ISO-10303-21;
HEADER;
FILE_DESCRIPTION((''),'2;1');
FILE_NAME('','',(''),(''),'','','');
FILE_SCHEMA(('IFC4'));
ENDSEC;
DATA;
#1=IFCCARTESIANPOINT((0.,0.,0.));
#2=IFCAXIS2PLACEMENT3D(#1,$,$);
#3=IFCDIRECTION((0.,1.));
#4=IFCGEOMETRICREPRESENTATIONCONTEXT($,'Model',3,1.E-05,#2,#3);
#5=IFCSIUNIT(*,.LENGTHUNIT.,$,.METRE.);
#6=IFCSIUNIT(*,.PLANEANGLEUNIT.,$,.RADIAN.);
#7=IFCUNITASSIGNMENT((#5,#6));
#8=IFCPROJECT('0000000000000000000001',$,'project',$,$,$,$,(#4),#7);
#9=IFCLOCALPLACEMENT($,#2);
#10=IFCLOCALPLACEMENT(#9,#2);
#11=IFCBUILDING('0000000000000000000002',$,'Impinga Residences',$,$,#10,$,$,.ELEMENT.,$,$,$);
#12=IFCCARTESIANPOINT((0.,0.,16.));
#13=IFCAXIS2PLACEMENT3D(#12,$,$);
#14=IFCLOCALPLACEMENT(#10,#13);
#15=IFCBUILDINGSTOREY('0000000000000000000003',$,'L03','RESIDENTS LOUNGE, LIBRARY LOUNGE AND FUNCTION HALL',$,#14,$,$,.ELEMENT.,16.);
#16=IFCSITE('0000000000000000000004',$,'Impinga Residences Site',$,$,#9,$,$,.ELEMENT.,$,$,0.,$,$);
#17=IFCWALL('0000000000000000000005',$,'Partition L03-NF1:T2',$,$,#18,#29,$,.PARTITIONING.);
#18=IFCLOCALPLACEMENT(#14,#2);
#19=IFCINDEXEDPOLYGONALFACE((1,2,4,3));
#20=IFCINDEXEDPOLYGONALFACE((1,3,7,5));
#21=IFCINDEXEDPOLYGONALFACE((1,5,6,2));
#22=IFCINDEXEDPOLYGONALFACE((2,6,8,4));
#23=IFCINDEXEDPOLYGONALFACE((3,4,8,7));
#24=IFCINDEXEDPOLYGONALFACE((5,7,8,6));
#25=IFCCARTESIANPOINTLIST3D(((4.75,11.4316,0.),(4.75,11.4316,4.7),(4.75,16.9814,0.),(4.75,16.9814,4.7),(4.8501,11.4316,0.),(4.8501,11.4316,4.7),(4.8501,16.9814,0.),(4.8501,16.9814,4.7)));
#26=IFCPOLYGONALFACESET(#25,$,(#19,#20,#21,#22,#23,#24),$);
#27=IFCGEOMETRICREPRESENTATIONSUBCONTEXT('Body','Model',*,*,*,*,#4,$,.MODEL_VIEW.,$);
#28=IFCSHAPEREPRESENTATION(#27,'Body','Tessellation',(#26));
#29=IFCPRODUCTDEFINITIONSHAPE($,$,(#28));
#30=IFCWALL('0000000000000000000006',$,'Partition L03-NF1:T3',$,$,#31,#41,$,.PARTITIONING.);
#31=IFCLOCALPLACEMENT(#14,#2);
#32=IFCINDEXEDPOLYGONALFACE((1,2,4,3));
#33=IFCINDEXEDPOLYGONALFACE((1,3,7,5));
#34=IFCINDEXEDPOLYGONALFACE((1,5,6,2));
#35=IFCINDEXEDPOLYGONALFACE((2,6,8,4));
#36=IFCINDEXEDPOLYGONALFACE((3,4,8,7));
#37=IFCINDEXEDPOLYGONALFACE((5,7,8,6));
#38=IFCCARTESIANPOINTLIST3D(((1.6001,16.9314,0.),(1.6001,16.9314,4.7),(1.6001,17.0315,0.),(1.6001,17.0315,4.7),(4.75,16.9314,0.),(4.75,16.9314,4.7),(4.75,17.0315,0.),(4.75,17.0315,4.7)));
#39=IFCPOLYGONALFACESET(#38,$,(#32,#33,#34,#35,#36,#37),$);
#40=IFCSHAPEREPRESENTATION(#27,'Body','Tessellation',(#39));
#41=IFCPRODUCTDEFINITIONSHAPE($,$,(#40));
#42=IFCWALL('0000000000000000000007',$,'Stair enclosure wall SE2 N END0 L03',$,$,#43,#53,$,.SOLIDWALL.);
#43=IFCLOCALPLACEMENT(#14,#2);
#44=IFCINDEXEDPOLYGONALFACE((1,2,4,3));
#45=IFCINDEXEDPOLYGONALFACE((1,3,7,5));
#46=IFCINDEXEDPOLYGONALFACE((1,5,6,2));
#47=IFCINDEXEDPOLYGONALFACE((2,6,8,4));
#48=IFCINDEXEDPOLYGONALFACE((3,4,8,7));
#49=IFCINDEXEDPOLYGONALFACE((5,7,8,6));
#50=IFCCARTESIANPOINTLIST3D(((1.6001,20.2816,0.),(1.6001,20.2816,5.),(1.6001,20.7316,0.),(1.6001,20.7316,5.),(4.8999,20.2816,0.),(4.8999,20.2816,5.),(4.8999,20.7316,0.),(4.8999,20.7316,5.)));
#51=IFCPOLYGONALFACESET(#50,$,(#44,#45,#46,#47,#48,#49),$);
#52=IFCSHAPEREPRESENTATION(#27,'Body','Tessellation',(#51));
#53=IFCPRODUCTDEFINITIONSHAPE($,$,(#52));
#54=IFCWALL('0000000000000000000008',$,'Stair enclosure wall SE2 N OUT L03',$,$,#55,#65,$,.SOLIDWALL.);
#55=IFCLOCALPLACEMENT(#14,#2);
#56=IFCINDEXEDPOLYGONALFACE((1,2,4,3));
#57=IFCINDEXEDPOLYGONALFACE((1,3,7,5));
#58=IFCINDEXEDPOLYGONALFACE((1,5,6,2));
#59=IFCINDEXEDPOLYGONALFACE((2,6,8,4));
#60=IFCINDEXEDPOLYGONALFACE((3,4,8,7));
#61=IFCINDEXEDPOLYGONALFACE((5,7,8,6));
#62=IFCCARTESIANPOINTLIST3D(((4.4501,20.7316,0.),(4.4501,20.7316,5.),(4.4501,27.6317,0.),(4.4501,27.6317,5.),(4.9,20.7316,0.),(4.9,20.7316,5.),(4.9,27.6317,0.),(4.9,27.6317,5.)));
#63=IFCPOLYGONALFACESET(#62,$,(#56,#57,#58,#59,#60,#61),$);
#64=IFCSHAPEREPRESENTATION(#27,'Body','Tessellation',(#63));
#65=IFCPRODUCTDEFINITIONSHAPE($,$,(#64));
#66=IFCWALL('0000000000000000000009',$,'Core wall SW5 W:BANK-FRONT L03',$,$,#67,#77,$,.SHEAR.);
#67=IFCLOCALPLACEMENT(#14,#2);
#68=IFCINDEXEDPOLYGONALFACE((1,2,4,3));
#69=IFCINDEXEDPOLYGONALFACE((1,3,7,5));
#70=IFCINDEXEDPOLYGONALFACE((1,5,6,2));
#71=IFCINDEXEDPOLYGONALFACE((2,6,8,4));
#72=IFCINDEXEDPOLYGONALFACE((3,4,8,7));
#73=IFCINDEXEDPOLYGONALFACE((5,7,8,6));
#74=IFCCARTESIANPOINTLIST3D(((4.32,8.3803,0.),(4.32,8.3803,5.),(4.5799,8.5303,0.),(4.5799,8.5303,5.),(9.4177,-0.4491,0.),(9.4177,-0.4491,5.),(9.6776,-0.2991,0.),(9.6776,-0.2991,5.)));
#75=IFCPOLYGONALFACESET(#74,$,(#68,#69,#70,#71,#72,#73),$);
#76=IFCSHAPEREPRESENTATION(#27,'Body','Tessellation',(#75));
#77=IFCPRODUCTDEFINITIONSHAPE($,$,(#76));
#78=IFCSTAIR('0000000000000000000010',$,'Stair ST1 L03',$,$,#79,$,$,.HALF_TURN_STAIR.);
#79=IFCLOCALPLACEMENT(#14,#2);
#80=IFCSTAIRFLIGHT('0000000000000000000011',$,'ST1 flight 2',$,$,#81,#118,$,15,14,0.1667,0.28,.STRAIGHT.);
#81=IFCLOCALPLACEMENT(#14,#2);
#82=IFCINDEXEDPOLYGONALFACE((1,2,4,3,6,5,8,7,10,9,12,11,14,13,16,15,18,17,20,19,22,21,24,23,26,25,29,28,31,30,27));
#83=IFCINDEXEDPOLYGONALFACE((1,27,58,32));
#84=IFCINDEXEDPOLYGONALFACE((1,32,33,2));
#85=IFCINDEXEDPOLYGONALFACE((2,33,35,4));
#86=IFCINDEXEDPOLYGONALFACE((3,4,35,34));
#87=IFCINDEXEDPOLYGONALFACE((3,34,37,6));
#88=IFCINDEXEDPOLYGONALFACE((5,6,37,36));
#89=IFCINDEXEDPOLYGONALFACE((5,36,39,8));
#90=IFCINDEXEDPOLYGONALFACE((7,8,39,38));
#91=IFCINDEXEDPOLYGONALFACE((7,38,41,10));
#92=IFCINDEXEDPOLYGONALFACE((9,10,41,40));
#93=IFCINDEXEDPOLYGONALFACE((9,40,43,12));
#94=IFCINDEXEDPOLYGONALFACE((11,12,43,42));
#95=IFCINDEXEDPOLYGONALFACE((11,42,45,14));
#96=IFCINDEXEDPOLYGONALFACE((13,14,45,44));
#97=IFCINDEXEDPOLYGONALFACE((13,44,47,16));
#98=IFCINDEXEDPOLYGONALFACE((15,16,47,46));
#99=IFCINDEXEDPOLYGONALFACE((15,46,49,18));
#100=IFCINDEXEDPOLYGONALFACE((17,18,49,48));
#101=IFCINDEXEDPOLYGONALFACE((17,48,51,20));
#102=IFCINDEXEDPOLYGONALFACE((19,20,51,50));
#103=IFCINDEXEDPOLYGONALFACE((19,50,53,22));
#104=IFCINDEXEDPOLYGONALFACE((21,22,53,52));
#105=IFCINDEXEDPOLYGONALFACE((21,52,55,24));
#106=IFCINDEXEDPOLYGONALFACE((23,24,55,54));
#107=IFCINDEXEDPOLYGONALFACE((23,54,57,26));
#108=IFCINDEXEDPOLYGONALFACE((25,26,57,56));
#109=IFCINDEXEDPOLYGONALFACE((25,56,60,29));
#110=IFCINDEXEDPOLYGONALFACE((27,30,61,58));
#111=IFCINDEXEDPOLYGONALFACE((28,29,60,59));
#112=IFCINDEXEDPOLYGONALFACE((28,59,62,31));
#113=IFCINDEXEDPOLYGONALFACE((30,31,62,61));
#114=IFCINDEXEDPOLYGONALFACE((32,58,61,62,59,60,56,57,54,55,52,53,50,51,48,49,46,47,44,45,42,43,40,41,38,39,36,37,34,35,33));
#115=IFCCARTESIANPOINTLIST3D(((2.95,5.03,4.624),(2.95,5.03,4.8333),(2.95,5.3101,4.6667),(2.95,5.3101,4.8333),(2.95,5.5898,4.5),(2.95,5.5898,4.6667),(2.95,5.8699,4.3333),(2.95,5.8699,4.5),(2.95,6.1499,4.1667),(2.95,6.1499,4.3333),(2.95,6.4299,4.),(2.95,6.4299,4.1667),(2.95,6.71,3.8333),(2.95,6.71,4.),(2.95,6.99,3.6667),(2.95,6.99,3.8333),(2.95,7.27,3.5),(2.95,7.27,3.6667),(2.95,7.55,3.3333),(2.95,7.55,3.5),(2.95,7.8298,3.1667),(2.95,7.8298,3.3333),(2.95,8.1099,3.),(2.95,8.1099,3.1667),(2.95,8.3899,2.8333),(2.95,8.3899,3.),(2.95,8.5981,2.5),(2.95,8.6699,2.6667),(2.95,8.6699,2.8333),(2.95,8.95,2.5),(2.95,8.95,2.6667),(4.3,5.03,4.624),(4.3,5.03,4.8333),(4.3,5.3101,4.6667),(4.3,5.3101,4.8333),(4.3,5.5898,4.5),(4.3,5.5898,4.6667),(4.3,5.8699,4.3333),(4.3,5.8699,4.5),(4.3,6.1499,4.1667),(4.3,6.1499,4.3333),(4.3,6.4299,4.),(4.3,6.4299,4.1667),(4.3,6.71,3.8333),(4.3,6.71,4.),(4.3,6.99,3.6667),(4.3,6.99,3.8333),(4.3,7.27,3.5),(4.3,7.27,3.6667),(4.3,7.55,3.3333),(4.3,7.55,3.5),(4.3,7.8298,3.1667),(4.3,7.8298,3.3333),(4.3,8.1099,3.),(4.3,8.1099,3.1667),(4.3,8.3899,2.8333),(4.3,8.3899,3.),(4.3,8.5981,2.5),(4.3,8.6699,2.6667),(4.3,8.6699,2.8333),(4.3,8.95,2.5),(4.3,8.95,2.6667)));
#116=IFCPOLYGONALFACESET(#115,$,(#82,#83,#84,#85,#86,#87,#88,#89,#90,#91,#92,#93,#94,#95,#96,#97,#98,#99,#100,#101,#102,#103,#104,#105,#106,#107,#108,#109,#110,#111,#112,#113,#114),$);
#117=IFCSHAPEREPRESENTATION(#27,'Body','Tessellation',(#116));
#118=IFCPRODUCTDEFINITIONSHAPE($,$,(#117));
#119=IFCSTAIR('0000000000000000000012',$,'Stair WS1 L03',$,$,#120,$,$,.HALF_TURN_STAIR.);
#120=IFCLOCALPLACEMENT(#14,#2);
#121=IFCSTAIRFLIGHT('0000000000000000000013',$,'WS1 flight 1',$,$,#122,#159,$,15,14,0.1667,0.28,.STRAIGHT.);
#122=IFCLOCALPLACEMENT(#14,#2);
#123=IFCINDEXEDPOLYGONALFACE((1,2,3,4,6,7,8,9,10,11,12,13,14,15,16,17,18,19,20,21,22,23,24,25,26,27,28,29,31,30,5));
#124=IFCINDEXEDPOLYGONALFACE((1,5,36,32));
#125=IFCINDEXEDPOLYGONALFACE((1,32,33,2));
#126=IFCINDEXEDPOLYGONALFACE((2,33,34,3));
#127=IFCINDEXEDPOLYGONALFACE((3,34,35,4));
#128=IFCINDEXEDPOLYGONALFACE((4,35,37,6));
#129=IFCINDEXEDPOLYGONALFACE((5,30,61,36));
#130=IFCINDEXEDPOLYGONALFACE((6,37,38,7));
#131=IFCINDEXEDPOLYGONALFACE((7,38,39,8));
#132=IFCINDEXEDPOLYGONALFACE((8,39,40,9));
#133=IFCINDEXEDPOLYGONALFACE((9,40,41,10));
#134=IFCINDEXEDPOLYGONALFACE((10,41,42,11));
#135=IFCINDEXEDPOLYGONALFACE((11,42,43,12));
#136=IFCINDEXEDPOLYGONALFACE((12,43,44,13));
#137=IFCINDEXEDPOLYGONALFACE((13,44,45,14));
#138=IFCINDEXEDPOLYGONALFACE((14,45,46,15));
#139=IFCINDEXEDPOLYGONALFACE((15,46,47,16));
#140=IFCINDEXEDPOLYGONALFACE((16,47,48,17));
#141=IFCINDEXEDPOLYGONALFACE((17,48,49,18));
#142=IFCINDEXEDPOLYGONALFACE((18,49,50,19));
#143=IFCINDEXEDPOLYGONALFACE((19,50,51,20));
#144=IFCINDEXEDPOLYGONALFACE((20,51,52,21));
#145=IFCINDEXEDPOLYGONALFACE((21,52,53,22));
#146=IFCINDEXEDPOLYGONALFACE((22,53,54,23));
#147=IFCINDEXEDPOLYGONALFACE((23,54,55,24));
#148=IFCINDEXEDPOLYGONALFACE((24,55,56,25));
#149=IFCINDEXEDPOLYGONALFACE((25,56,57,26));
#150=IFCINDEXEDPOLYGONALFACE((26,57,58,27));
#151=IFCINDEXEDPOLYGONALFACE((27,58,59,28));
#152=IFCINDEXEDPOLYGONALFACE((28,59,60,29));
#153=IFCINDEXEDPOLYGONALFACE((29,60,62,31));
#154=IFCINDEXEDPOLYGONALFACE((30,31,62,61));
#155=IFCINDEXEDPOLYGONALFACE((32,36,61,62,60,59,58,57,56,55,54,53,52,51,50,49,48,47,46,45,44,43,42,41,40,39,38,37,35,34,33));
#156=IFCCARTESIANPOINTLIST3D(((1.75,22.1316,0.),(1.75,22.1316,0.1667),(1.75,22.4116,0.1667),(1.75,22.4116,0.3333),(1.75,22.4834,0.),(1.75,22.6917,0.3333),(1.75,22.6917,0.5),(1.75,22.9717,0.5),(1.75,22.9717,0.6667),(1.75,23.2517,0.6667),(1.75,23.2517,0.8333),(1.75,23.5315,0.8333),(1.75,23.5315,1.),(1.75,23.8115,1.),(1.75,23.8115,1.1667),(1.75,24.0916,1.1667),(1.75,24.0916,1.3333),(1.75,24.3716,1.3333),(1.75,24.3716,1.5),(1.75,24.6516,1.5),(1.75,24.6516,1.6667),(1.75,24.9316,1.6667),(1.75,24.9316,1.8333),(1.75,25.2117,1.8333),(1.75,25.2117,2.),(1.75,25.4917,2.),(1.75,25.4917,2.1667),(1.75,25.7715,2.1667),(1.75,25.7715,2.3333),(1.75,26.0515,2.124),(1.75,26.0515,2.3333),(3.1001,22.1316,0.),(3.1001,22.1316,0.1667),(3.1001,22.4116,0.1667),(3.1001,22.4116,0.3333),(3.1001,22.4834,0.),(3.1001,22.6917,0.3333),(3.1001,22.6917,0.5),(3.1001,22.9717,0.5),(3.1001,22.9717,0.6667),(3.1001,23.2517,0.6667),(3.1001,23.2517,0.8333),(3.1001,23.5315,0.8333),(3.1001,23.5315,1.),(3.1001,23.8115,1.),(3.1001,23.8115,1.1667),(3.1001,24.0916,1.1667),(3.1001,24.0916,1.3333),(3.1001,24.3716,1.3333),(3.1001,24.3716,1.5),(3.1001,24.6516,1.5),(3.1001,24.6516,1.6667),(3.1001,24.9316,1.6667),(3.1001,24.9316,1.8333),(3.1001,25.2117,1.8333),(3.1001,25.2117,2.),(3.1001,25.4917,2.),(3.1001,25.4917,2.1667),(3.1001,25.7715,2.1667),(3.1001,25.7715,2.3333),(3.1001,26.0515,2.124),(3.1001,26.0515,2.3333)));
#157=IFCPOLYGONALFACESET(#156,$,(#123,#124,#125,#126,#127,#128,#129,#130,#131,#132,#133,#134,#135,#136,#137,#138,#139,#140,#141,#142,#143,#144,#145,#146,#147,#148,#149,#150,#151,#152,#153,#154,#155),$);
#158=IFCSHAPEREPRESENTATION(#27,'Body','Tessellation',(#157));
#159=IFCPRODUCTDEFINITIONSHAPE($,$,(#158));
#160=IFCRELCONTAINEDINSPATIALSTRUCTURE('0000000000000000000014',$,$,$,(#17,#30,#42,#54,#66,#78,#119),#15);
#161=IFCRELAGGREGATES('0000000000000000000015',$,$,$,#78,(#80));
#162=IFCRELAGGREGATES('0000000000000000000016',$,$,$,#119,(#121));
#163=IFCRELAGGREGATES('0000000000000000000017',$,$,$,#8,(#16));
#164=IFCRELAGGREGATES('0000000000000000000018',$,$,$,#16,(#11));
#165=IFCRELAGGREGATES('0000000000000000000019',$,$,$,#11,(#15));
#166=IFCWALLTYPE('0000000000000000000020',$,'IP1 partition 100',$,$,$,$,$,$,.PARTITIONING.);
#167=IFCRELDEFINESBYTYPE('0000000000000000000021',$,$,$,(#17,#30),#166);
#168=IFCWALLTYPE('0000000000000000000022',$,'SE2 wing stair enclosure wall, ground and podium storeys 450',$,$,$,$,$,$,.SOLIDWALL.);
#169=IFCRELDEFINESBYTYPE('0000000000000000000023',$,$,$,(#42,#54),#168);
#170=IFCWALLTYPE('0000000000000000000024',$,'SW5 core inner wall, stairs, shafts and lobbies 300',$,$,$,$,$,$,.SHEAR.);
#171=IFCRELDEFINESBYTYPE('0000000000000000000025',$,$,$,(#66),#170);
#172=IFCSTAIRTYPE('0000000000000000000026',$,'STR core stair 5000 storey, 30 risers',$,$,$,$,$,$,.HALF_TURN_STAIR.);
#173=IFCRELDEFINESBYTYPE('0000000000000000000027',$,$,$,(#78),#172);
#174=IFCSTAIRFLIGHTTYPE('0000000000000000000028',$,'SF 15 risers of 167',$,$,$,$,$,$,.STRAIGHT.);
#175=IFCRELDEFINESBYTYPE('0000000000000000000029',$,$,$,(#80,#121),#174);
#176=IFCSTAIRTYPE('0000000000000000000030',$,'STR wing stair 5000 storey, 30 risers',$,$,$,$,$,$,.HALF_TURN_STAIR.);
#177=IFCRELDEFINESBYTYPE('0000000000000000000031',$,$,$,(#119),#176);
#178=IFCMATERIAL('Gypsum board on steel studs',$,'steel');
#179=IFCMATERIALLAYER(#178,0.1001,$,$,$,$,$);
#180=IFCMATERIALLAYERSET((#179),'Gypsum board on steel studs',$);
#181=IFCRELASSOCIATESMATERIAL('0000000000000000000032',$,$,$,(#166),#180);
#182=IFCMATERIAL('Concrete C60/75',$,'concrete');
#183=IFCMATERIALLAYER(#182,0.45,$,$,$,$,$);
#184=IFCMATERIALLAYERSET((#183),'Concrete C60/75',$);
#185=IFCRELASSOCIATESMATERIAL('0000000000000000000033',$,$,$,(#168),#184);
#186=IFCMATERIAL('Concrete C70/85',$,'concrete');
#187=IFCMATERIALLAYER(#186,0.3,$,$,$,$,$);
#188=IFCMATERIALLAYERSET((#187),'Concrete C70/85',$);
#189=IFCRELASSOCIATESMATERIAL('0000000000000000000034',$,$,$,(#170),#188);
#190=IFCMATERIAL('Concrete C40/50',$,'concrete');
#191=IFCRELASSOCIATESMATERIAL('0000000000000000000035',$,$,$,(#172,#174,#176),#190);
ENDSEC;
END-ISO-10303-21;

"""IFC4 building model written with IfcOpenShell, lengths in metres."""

from ifc_helpers import new_model, si_unit, direction, frame, frame_2d, origin, place, context, subcontext, project, spatial, polyline, rectangle, outline, extrude, material, layer, layer_set, type_object, element, aggregate, save


model = new_model("IFC4")

# Units and contexts
model_context = context("Model", 3, precision=1e-05, world=origin(), true_north=direction((0.0, 1.0)))
body_context = subcontext(model_context, "Body", "Model", "MODEL_VIEW")
ifc_project = project(units=[si_unit("LENGTHUNIT", "METRE"), si_unit("PLANEANGLEUNIT", "RADIAN")], contexts=[model_context])

# Site, building, storey
site_placement = place(None, origin())
site = spatial("IfcSite", under=ifc_project, at=site_placement, Name="Impinga Residences Site", CompositionType="ELEMENT", RefElevation=0.0)
building_placement = place(site_placement, origin())
building = spatial("IfcBuilding", under=site, at=building_placement, Name="Impinga Residences", CompositionType="ELEMENT")
storey_placement = place(building_placement, frame((0.0, 0.0, 16.0)))
storey = spatial("IfcBuildingStorey", under=building, at=storey_placement, Name="L03", Description="RESIDENTS LOUNGE, LIBRARY LOUNGE AND FUNCTION HALL", CompositionType="ELEMENT", Elevation=16.0)

# Shared definitions
ifc_material_1 = material(Name="Concrete C70/85", Category="concrete")

# Shared definitions
ifc_material_2 = material(Name="Concrete C60/75", Category="concrete")

# Shared definitions
ifc_material_3 = material(Name="Gypsum board on steel studs", Category="steel")
ifc_layer_1 = layer(ifc_material_3, 0.1001)
ifc_layer_set_1 = layer_set([ifc_layer_1], Name="Gypsum board on steel studs")
wall_type_1 = type_object("IfcWallType", Name="IP1 partition 100", PredefinedType="PARTITIONING", material=ifc_layer_set_1)

# Walls
wall_1_placement = place(storey_placement, frame((4.8, 11.4316, 0.0), z_axis=(0.0, 0.0, 1.0), x_axis=(0.0, 1.0, 0.0)))
element("IfcWall", 1, at=wall_1_placement, inside=storey, type_object=wall_type_1, Name="Partition L03-NF1:T2", PredefinedType="PARTITIONING", context=body_context, shape_type="SweptSolid", body=[
    extrude(rectangle(XDim=5.5498, YDim=0.1001, at=frame_2d((2.7749, 0.0))), origin(), (0.0, 0.0, 1.0), 4.7),
])
wall_2_placement = place(storey_placement, frame((1.6001, 16.9814, 0.0), z_axis=(0.0, 0.0, 1.0), x_axis=(1.0, 0.0, 0.0)))
element("IfcWall", 2, at=wall_2_placement, inside=storey, type_object=wall_type_1, Name="Partition L03-NF1:T3", PredefinedType="PARTITIONING", context=body_context, shape_type="SweptSolid", body=[
    extrude(rectangle(XDim=3.1499, YDim=0.1001, at=frame_2d((1.575, 0.0))), origin(), (0.0, 0.0, 1.0), 4.7),
])
ifc_layer_2 = layer(ifc_material_2, 0.45)
ifc_layer_set_2 = layer_set([ifc_layer_2], Name="Concrete C60/75")
wall_type_2 = type_object("IfcWallType", Name="SE2 wing stair enclosure wall, ground and podium storeys 450", PredefinedType="SOLIDWALL", material=ifc_layer_set_2)
wall_3_placement = place(storey_placement, frame((1.6001, 20.5066, 0.0), z_axis=(0.0, 0.0, 1.0), x_axis=(1.0, 0.0, 0.0)))
element("IfcWall", 3, at=wall_3_placement, inside=storey, type_object=wall_type_2, Name="Stair enclosure wall SE2 N END0 L03", PredefinedType="SOLIDWALL", context=body_context, shape_type="SweptSolid", body=[
    extrude(rectangle(XDim=3.2998, YDim=0.45, at=frame_2d((1.6499, 0.0))), origin(), (0.0, 0.0, 1.0), 5.0),
])
wall_4_placement = place(storey_placement, frame((4.675, 20.7314, 0.0), z_axis=(0.0, 0.0, 1.0), x_axis=(0.0, 1.0, 0.0)))
element("IfcWall", 4, at=wall_4_placement, inside=storey, type_object=wall_type_2, Name="Stair enclosure wall SE2 N OUT L03", PredefinedType="SOLIDWALL", context=body_context, shape_type="SweptSolid", body=[
    extrude(rectangle(XDim=6.9001, YDim=0.45, at=frame_2d((3.4502, 0.0))), origin(), (0.0, 0.0, 1.0), 5.0),
])
ifc_layer_3 = layer(ifc_material_1, 0.3)
ifc_layer_set_3 = layer_set([ifc_layer_3], Name="Concrete C70/85")
wall_type_3 = type_object("IfcWallType", Name="SW5 core inner wall, stairs, shafts and lobbies 300", PredefinedType="SHEAR", material=ifc_layer_set_3)
wall_5_placement = place(storey_placement, frame((4.45, 8.4553, 0.0), z_axis=(0.0, 0.0, 1.0), x_axis=(0.500002, -0.866024, 0.0)))
element("IfcWall", 5, at=wall_5_placement, inside=storey, type_object=wall_type_3, Name="Core wall SW5 W:BANK-FRONT L03", PredefinedType="SHEAR", context=body_context, shape_type="SweptSolid", body=[
    extrude(rectangle(XDim=10.1953, YDim=0.3, at=frame_2d((5.0977, 0.0))), origin(), (0.0, 0.0, 1.0), 5.0),
])

# Stairs, stair flights
ifc_material_4 = material(Name="Concrete C40/50", Category="concrete")
stair_type_1 = type_object("IfcStairType", Name="STR core stair 5000 storey, 30 risers", PredefinedType="HALF_TURN_STAIR", material=ifc_material_4)
stair_1_placement = place(storey_placement, origin())
stair_1 = element("IfcStair", 6, at=stair_1_placement, inside=storey, type_object=stair_type_1, Name="Stair ST1 L03", PredefinedType="HALF_TURN_STAIR")
stair_flight_type = type_object("IfcStairFlightType", Name="SF 15 risers of 167", PredefinedType="STRAIGHT", material=ifc_material_4)
stair_flight_1_placement = place(storey_placement, frame((3.625, 8.95, 2.5), z_axis=(0.0, 0.0, 1.0), x_axis=(0.0, -1.0, 0.0)))
stair_flight_1 = element("IfcStairFlight", 7, at=stair_flight_1_placement, type_object=stair_flight_type, Name="ST1 flight 2", NumberOfRisers=15, NumberOfTreads=14, PredefinedType="STRAIGHT", RiserHeight=0.1667, TreadLength=0.28, context=body_context, shape_type="SweptSolid", body=[
    extrude(outline(polyline([(0.0, 0.0), (0.0, 0.1667), (0.28, 0.1667), (0.28, 0.3333), (0.5601, 0.3333), (0.5601, 0.5), (0.8401, 0.5), (0.8401, 0.6667), (1.1201, 0.6667), (1.1201, 0.8333), (1.3999, 0.8333), (1.3999, 1.0), (1.6799, 1.0), (1.6799, 1.1667), (1.96, 1.1667), (1.96, 1.3333), (2.24, 1.3333), (2.24, 1.5), (2.52, 1.5), (2.52, 1.6667), (2.8, 1.6667), (2.8, 1.8333), (3.0801, 1.8333), (3.0801, 2.0), (3.3601, 2.0), (3.3601, 2.1667), (3.6399, 2.1667), (3.6399, 2.3333), (3.9199, 2.3333), (3.9199, 2.5), (3.9199, 2.124), (0.3518, 0.0), (0.0, 0.0)])), frame((0.0, 0.675, 0.0), z_axis=(0.0, -1.0, 0.0), x_axis=(1.0, 0.0, 0.0)), (0.0, 0.0, 1.0), 1.3501),
])
aggregate(stair_1, [stair_flight_1])
stair_type_2 = type_object("IfcStairType", Name="STR wing stair 5000 storey, 30 risers", PredefinedType="HALF_TURN_STAIR", material=ifc_material_4)
stair_2_placement = place(storey_placement, origin())
stair_2 = element("IfcStair", 8, at=stair_2_placement, inside=storey, type_object=stair_type_2, Name="Stair WS1 L03", PredefinedType="HALF_TURN_STAIR")
stair_flight_2_placement = place(storey_placement, frame((2.425, 22.1316, 0.0), z_axis=(0.0, 0.0, 1.0), x_axis=(0.0, 1.0, 0.0)))
stair_flight_2 = element("IfcStairFlight", 9, at=stair_flight_2_placement, type_object=stair_flight_type, Name="WS1 flight 1", NumberOfRisers=15, NumberOfTreads=14, PredefinedType="STRAIGHT", RiserHeight=0.1667, TreadLength=0.28, context=body_context, shape_type="SweptSolid", body=[
    extrude(outline(polyline([(0.0, 0.0), (0.0, 0.1667), (0.28, 0.1667), (0.28, 0.3333), (0.5601, 0.3333), (0.5601, 0.5), (0.8401, 0.5), (0.8401, 0.6667), (1.1201, 0.6667), (1.1201, 0.8333), (1.3999, 0.8333), (1.3999, 1.0), (1.6799, 1.0), (1.6799, 1.1667), (1.96, 1.1667), (1.96, 1.3333), (2.24, 1.3333), (2.24, 1.5), (2.52, 1.5), (2.52, 1.6667), (2.8, 1.6667), (2.8, 1.8333), (3.0801, 1.8333), (3.0801, 2.0), (3.3601, 2.0), (3.3601, 2.1667), (3.6399, 2.1667), (3.6399, 2.3333), (3.9199, 2.3333), (3.9199, 2.5), (3.9199, 2.124), (0.3518, 0.0), (0.0, 0.0)])), frame((0.0, 0.675, 0.0), z_axis=(0.0, -1.0, 0.0), x_axis=(1.0, 0.0, 0.0)), (0.0, 0.0, 1.0), 1.3501),
])
aggregate(stair_2, [stair_flight_2])

save(model, "model.ifc")
